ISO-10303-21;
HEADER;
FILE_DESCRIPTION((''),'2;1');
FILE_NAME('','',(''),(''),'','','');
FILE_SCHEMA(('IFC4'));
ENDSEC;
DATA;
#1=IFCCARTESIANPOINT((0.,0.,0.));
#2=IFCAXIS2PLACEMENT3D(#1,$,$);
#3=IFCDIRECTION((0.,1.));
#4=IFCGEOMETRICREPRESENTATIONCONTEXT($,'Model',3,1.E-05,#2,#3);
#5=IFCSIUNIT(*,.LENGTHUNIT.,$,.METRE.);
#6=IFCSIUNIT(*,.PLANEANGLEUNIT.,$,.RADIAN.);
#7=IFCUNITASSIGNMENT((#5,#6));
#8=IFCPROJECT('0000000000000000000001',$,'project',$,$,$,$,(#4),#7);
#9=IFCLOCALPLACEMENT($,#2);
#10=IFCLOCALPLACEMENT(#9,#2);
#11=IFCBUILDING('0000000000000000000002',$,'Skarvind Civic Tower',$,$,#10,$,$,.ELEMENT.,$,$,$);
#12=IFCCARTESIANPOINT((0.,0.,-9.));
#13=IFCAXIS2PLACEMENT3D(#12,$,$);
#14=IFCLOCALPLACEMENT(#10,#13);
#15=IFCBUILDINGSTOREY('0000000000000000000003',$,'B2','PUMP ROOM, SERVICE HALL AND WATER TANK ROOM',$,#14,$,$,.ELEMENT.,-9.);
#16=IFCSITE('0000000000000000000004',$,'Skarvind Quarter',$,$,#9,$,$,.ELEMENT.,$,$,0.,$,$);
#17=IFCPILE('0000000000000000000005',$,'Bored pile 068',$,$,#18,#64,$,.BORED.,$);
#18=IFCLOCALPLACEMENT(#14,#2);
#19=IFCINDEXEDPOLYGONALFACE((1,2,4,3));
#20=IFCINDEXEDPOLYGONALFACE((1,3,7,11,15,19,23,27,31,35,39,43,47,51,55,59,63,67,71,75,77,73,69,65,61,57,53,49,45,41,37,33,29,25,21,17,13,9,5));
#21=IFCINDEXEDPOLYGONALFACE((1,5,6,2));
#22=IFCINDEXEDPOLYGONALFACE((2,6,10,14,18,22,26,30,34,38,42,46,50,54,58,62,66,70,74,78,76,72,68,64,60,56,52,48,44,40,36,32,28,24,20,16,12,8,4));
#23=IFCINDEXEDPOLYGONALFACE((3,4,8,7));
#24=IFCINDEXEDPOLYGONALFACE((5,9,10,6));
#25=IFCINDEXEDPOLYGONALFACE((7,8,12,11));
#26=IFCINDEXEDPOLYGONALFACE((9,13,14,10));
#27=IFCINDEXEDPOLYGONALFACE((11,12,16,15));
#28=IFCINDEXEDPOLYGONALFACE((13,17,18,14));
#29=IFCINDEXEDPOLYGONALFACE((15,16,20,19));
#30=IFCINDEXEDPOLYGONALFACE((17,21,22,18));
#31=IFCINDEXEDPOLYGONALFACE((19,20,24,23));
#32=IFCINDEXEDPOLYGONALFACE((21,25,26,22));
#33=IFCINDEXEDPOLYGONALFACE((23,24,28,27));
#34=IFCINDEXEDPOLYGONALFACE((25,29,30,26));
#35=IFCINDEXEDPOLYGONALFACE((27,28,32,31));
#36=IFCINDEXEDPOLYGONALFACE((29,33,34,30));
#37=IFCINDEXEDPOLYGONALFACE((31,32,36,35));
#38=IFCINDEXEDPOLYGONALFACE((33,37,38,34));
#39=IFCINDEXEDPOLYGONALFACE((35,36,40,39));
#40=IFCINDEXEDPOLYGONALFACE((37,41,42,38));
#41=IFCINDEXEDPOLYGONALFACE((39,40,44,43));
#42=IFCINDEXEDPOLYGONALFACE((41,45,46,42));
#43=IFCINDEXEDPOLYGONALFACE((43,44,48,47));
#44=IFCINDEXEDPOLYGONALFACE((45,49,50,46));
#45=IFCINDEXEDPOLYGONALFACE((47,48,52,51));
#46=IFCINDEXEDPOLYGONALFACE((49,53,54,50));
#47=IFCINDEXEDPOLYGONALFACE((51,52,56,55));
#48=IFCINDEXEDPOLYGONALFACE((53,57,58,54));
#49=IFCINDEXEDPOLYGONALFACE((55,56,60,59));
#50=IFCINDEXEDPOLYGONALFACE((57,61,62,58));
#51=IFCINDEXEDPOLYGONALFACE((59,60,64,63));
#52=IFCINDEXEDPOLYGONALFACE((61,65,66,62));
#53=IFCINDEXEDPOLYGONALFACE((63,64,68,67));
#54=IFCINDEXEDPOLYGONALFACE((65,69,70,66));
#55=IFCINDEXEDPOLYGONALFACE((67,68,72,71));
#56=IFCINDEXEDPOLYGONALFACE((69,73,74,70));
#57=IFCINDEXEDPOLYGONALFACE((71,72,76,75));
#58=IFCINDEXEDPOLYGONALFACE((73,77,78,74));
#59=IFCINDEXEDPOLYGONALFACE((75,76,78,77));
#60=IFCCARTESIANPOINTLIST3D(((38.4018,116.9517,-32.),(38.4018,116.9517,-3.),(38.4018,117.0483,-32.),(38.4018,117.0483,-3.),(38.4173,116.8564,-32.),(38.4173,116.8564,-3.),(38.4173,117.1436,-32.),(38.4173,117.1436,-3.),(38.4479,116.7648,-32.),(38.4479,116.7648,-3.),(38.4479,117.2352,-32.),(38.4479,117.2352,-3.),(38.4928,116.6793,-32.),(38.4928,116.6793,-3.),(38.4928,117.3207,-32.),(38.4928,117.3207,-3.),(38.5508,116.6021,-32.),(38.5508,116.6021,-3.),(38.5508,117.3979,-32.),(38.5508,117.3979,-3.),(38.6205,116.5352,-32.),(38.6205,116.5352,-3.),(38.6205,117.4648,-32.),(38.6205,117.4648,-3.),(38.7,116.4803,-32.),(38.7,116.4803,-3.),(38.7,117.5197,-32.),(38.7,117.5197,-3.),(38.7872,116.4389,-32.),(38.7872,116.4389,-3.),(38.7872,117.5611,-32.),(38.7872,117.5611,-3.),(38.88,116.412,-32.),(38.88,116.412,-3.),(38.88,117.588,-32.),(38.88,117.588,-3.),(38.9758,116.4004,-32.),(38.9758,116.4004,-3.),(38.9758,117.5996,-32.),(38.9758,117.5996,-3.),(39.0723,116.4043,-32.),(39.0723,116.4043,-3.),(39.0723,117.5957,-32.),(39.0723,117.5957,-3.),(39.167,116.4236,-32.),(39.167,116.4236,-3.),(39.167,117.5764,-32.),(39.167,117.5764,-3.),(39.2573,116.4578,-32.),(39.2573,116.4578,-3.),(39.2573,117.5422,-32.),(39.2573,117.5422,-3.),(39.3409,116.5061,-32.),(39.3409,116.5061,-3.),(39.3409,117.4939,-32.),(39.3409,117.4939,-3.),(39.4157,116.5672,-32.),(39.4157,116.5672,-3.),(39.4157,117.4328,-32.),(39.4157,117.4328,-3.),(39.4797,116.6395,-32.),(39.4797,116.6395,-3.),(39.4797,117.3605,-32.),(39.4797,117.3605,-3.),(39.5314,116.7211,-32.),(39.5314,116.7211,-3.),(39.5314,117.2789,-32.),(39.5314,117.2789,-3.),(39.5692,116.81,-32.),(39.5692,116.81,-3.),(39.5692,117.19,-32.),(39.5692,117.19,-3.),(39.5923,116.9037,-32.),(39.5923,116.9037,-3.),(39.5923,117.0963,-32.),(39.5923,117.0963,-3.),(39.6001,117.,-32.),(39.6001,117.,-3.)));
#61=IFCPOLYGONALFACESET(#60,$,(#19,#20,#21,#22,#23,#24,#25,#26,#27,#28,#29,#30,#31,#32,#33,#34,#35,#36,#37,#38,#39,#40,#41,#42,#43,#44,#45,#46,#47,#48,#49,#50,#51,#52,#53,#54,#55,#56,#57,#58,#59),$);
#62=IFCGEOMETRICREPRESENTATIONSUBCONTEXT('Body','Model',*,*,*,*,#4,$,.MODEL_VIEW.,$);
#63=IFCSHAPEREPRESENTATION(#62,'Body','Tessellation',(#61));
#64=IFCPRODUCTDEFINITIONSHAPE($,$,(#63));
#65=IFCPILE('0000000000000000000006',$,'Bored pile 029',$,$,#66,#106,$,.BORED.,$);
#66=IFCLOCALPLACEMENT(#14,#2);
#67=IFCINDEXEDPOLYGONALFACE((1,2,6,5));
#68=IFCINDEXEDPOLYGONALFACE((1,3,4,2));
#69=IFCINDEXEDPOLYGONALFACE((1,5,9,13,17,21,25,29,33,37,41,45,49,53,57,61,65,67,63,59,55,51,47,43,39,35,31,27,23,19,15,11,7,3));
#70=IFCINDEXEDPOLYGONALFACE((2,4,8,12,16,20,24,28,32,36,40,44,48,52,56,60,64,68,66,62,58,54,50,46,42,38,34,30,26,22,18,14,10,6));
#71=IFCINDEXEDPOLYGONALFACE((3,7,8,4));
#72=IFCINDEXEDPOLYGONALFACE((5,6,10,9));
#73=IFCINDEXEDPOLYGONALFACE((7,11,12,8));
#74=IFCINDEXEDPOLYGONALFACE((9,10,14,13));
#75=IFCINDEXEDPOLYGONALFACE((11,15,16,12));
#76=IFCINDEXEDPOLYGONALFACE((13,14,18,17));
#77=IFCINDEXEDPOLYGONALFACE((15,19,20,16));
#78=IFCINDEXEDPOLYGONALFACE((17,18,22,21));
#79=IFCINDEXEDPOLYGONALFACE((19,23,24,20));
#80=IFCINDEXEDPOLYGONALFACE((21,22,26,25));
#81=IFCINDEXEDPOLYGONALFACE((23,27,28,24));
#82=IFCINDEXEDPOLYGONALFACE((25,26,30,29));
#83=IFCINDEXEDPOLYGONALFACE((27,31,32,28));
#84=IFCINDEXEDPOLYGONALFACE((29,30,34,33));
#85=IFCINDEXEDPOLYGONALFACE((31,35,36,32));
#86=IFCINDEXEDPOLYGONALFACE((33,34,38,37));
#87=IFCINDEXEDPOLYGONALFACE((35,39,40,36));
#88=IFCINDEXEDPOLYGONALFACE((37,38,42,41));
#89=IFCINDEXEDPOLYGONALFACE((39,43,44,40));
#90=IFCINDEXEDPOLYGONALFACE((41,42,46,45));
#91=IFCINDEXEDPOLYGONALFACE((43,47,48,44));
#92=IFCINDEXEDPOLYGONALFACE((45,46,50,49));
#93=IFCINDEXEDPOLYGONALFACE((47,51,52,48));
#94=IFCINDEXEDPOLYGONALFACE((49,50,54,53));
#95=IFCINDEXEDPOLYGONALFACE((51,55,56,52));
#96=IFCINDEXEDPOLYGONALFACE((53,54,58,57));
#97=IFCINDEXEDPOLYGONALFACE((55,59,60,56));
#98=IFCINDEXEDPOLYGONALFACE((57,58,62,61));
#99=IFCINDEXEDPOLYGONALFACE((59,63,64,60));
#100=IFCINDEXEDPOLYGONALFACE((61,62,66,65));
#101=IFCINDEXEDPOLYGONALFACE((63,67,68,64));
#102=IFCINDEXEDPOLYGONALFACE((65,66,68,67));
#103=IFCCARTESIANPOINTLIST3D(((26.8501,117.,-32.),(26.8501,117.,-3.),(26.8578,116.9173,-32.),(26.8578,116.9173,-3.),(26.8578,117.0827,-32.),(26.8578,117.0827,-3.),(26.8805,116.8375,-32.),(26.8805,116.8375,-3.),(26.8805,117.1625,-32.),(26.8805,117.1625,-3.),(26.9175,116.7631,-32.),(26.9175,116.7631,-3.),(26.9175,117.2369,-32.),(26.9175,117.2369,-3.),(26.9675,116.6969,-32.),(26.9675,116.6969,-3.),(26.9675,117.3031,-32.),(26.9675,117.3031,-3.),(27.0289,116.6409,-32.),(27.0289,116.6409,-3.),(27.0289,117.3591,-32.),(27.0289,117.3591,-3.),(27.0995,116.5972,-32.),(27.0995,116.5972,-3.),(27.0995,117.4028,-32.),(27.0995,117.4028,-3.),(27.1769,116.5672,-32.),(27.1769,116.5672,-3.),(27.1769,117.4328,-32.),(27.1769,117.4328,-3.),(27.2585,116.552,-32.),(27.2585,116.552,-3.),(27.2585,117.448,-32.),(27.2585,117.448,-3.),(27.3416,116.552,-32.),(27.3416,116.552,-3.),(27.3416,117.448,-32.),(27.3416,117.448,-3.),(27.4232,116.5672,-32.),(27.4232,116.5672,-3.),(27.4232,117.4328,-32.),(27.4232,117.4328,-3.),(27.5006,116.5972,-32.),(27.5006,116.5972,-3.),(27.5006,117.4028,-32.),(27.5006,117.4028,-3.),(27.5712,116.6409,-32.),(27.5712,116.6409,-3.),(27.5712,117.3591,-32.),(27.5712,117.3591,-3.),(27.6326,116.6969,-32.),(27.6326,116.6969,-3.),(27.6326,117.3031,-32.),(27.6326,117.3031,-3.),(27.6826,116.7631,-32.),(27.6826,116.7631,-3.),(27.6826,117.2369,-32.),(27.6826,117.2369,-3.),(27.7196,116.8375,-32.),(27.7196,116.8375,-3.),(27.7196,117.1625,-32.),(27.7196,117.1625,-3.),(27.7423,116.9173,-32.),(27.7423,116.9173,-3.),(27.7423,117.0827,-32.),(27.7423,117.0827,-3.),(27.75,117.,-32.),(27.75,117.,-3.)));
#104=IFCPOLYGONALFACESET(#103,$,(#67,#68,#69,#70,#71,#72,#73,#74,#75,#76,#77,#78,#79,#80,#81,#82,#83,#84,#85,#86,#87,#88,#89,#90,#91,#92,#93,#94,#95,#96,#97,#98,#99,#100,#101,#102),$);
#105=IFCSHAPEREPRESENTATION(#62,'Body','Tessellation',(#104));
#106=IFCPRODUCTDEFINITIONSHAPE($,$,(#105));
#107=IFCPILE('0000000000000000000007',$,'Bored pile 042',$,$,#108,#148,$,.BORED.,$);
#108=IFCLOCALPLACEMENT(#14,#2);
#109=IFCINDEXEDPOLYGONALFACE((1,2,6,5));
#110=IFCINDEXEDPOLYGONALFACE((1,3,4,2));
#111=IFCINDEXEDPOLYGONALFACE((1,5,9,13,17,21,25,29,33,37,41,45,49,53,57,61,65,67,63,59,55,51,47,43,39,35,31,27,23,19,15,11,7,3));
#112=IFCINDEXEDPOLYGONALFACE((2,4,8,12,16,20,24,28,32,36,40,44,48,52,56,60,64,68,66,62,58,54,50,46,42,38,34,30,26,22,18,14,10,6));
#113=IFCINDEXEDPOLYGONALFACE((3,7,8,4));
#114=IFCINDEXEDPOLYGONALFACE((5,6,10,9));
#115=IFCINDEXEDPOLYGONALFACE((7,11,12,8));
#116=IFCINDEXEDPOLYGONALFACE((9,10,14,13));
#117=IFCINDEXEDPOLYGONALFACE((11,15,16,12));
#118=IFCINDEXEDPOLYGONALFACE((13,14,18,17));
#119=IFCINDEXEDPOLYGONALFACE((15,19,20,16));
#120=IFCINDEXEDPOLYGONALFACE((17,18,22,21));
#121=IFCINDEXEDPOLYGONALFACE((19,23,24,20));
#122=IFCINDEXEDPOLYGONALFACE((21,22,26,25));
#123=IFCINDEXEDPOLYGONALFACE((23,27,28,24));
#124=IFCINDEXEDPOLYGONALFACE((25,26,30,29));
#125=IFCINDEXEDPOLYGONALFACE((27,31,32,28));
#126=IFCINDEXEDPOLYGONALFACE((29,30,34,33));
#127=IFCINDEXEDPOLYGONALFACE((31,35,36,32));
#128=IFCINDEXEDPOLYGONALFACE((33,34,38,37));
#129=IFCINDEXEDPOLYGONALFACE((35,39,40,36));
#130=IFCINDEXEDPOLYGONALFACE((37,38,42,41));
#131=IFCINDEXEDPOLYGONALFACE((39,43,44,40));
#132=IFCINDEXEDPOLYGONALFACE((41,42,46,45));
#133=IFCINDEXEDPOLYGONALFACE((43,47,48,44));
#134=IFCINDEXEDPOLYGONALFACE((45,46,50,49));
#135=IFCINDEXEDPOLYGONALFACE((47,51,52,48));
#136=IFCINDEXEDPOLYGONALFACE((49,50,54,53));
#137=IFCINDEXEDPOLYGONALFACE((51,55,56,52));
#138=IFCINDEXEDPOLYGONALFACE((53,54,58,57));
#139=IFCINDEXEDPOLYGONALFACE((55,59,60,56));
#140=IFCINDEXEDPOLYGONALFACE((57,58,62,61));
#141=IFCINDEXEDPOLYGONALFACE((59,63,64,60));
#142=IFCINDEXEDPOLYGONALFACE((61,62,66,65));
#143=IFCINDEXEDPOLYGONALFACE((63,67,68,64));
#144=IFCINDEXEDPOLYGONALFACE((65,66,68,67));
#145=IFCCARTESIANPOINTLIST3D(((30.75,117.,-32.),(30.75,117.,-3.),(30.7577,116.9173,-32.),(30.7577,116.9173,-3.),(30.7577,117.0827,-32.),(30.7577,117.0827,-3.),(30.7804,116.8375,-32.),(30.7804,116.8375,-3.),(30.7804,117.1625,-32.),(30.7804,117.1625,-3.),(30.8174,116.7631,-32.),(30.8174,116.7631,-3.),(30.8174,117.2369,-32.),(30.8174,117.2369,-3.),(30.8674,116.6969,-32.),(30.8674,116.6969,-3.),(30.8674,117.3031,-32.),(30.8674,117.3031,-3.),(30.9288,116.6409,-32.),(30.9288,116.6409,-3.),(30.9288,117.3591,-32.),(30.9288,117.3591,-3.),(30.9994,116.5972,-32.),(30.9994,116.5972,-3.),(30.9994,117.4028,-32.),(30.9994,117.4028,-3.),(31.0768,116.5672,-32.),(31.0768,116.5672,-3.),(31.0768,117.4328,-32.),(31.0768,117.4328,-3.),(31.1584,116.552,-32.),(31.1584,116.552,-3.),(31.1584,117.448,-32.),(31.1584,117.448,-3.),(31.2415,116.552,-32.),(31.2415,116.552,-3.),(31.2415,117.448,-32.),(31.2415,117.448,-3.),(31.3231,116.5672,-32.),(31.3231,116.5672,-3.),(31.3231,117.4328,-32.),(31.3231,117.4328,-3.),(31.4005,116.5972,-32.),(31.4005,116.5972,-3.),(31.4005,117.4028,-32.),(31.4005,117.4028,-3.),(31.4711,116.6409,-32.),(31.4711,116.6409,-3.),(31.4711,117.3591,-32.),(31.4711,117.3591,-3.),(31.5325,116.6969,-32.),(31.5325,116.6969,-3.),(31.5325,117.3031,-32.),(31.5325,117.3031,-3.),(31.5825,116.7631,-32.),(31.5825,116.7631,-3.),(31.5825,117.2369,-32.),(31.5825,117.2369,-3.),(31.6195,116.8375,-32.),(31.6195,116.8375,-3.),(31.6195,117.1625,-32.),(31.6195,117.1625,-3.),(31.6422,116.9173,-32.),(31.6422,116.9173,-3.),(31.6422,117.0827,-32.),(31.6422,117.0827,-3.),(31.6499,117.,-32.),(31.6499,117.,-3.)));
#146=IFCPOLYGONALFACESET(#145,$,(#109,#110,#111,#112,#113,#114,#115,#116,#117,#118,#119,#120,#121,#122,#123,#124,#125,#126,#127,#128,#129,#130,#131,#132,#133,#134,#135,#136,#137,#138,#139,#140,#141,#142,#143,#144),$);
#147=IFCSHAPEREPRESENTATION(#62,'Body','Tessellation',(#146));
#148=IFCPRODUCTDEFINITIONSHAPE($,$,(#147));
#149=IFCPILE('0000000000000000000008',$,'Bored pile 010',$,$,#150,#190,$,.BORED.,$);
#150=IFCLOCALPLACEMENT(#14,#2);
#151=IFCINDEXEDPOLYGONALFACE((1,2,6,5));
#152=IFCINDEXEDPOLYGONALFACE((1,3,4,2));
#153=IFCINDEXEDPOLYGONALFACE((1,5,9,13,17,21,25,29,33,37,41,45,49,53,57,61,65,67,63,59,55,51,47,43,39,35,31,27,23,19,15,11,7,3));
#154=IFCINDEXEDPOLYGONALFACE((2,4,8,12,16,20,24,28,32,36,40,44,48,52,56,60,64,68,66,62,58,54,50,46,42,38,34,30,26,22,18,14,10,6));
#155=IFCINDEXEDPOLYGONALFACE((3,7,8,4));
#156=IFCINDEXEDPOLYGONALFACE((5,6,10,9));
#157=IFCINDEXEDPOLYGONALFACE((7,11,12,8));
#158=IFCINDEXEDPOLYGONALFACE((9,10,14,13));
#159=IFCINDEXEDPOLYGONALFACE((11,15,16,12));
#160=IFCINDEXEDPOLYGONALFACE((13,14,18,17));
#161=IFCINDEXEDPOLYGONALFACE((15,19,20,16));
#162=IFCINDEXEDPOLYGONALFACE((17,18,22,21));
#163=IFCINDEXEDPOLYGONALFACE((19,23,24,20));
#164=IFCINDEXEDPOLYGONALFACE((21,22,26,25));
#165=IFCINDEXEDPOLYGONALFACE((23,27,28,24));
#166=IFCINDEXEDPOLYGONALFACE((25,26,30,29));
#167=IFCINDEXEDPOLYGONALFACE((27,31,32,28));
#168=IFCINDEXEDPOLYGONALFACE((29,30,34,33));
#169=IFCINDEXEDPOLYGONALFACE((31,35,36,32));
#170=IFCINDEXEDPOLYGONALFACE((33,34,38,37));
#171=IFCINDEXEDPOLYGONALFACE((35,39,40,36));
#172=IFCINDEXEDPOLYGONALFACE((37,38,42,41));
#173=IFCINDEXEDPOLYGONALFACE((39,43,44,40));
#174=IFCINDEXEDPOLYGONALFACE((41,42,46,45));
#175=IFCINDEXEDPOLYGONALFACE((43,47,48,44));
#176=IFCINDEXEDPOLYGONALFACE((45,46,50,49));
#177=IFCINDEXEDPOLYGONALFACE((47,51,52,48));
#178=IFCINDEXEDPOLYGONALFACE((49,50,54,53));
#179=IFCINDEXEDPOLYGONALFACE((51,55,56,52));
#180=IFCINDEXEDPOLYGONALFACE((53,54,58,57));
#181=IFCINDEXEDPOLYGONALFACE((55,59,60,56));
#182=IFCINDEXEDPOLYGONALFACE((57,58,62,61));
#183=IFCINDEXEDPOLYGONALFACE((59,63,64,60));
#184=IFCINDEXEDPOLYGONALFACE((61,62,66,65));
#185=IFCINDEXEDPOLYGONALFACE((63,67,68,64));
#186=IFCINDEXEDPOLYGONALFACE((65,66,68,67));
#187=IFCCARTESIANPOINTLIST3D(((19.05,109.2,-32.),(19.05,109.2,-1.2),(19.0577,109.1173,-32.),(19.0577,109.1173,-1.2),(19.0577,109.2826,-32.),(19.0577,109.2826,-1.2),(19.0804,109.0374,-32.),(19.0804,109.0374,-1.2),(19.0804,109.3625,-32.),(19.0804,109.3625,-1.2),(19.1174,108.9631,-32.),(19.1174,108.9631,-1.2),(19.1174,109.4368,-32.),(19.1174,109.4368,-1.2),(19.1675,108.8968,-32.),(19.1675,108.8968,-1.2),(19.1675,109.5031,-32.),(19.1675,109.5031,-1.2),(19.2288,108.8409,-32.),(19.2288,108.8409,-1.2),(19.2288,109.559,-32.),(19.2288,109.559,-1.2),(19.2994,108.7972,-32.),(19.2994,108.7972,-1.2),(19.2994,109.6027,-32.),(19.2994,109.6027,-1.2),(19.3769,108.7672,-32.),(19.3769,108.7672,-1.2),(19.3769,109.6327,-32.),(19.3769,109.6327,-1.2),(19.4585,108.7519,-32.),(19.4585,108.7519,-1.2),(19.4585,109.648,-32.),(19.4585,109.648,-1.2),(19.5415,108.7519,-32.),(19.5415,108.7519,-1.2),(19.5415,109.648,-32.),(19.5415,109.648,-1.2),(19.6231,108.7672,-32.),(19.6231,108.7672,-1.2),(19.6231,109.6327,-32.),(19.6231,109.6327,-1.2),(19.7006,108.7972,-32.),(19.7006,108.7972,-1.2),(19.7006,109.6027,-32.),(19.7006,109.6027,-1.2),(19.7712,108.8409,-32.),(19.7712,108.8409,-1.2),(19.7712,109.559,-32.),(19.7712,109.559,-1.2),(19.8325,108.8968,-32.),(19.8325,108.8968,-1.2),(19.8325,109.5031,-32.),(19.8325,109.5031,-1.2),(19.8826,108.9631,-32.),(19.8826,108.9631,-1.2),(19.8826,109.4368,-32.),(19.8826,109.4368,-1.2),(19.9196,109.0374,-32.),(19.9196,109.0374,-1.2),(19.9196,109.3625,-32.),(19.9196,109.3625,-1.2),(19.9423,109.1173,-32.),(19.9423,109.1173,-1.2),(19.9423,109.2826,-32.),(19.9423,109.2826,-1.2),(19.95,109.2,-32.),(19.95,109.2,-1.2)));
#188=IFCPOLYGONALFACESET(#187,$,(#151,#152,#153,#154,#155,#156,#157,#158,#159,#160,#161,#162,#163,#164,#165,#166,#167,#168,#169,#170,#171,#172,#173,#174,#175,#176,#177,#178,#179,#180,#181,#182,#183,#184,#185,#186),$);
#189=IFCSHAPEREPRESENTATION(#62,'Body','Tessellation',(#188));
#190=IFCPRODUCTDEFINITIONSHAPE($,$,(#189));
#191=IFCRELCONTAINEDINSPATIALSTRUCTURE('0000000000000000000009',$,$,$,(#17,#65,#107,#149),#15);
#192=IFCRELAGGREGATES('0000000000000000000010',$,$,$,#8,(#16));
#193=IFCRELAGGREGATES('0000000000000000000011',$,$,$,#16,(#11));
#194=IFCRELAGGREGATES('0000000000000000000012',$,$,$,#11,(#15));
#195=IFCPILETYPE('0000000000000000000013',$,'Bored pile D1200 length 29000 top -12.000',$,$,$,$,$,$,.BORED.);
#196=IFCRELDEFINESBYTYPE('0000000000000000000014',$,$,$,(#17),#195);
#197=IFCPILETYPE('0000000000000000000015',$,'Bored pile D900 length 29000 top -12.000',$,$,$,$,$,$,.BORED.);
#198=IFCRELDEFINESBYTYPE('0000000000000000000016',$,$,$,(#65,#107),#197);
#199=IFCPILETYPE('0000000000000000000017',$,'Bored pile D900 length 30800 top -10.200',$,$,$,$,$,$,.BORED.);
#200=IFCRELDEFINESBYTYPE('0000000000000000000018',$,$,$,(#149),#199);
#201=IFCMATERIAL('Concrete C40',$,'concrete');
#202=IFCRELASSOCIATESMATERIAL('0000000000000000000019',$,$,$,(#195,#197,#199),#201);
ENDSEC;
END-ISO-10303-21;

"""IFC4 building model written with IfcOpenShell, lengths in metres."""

from ifc_helpers import new_model, si_unit, direction, frame, origin, origin_2d, place, context, subcontext, project, spatial, circle, extrude, material, type_object, element, save


model = new_model("IFC4")

# Units and contexts
model_context = context("Model", 3, precision=1e-05, world=origin(), true_north=direction((0.0, 1.0)))
body_context = subcontext(model_context, "Body", "Model", "MODEL_VIEW")
ifc_project = project(units=[si_unit("LENGTHUNIT", "METRE"), si_unit("PLANEANGLEUNIT", "RADIAN")], contexts=[model_context])

# Site, building, storey
site_placement = place(None, origin())
site = spatial("IfcSite", under=ifc_project, at=site_placement, Name="Skarvind Quarter", CompositionType="ELEMENT", RefElevation=0.0)
building_placement = place(site_placement, origin())
building = spatial("IfcBuilding", under=site, at=building_placement, Name="Skarvind Civic Tower", CompositionType="ELEMENT")
storey_placement = place(building_placement, frame((0.0, 0.0, -9.0)))
storey = spatial("IfcBuildingStorey", under=building, at=storey_placement, Name="B2", Description="PUMP ROOM, SERVICE HALL AND WATER TANK ROOM", CompositionType="ELEMENT", Elevation=-9.0)

# Piles
ifc_material_1 = material(Name="Concrete C40", Category="concrete")
pile_type_1 = type_object("IfcPileType", Name="Bored pile D1200 length 29000 top -12.000", PredefinedType="BORED", material=ifc_material_1)
for number, where, z_axis, x_axis, name in (
    (1, (39.0, 117.0, -3.0), (0.0, 0.0, -1.0), (1.0, 0.0, 0.0), "Bored pile 068"),
):
    element("IfcPile", number, at=place(storey_placement, frame(where, z_axis=z_axis, x_axis=x_axis)), inside=storey, type_object=pile_type_1, Name=name, PredefinedType="BORED", context=body_context, shape_type="SweptSolid", body=[
        extrude(circle(Radius=0.6001, at=origin_2d()), origin(), (0.0, 0.0, 1.0), 29.0),
    ])
pile_type_2 = type_object("IfcPileType", Name="Bored pile D900 length 29000 top -12.000", PredefinedType="BORED", material=ifc_material_1)
for number, where, z_axis, x_axis, name in (
    (2, (27.3, 117.0, -3.0), (0.0, 0.0, -1.0), (1.0, 0.0, 0.0), "Bored pile 029"),
    (3, (31.2, 117.0, -3.0), (0.0, 0.0, -1.0), (1.0, 0.0, 0.0), "Bored pile 042"),
):
    element("IfcPile", number, at=place(storey_placement, frame(where, z_axis=z_axis, x_axis=x_axis)), inside=storey, type_object=pile_type_2, Name=name, PredefinedType="BORED", context=body_context, shape_type="SweptSolid", body=[
        extrude(circle(Radius=0.45, at=origin_2d()), origin(), (0.0, 0.0, 1.0), 29.0),
    ])
pile_type_3 = type_object("IfcPileType", Name="Bored pile D900 length 30800 top -10.200", PredefinedType="BORED", material=ifc_material_1)
for number, where, z_axis, x_axis, name in (
    (4, (19.5, 109.2, -1.2), (0.0, 0.0, -1.0), (1.0, 0.0, 0.0), "Bored pile 010"),
):
    element("IfcPile", number, at=place(storey_placement, frame(where, z_axis=z_axis, x_axis=x_axis)), inside=storey, type_object=pile_type_3, Name=name, PredefinedType="BORED", context=body_context, shape_type="SweptSolid", body=[
        extrude(circle(Radius=0.45, at=origin_2d()), origin(), (0.0, 0.0, 1.0), 30.8),
    ])

save(model, "model.ifc")
